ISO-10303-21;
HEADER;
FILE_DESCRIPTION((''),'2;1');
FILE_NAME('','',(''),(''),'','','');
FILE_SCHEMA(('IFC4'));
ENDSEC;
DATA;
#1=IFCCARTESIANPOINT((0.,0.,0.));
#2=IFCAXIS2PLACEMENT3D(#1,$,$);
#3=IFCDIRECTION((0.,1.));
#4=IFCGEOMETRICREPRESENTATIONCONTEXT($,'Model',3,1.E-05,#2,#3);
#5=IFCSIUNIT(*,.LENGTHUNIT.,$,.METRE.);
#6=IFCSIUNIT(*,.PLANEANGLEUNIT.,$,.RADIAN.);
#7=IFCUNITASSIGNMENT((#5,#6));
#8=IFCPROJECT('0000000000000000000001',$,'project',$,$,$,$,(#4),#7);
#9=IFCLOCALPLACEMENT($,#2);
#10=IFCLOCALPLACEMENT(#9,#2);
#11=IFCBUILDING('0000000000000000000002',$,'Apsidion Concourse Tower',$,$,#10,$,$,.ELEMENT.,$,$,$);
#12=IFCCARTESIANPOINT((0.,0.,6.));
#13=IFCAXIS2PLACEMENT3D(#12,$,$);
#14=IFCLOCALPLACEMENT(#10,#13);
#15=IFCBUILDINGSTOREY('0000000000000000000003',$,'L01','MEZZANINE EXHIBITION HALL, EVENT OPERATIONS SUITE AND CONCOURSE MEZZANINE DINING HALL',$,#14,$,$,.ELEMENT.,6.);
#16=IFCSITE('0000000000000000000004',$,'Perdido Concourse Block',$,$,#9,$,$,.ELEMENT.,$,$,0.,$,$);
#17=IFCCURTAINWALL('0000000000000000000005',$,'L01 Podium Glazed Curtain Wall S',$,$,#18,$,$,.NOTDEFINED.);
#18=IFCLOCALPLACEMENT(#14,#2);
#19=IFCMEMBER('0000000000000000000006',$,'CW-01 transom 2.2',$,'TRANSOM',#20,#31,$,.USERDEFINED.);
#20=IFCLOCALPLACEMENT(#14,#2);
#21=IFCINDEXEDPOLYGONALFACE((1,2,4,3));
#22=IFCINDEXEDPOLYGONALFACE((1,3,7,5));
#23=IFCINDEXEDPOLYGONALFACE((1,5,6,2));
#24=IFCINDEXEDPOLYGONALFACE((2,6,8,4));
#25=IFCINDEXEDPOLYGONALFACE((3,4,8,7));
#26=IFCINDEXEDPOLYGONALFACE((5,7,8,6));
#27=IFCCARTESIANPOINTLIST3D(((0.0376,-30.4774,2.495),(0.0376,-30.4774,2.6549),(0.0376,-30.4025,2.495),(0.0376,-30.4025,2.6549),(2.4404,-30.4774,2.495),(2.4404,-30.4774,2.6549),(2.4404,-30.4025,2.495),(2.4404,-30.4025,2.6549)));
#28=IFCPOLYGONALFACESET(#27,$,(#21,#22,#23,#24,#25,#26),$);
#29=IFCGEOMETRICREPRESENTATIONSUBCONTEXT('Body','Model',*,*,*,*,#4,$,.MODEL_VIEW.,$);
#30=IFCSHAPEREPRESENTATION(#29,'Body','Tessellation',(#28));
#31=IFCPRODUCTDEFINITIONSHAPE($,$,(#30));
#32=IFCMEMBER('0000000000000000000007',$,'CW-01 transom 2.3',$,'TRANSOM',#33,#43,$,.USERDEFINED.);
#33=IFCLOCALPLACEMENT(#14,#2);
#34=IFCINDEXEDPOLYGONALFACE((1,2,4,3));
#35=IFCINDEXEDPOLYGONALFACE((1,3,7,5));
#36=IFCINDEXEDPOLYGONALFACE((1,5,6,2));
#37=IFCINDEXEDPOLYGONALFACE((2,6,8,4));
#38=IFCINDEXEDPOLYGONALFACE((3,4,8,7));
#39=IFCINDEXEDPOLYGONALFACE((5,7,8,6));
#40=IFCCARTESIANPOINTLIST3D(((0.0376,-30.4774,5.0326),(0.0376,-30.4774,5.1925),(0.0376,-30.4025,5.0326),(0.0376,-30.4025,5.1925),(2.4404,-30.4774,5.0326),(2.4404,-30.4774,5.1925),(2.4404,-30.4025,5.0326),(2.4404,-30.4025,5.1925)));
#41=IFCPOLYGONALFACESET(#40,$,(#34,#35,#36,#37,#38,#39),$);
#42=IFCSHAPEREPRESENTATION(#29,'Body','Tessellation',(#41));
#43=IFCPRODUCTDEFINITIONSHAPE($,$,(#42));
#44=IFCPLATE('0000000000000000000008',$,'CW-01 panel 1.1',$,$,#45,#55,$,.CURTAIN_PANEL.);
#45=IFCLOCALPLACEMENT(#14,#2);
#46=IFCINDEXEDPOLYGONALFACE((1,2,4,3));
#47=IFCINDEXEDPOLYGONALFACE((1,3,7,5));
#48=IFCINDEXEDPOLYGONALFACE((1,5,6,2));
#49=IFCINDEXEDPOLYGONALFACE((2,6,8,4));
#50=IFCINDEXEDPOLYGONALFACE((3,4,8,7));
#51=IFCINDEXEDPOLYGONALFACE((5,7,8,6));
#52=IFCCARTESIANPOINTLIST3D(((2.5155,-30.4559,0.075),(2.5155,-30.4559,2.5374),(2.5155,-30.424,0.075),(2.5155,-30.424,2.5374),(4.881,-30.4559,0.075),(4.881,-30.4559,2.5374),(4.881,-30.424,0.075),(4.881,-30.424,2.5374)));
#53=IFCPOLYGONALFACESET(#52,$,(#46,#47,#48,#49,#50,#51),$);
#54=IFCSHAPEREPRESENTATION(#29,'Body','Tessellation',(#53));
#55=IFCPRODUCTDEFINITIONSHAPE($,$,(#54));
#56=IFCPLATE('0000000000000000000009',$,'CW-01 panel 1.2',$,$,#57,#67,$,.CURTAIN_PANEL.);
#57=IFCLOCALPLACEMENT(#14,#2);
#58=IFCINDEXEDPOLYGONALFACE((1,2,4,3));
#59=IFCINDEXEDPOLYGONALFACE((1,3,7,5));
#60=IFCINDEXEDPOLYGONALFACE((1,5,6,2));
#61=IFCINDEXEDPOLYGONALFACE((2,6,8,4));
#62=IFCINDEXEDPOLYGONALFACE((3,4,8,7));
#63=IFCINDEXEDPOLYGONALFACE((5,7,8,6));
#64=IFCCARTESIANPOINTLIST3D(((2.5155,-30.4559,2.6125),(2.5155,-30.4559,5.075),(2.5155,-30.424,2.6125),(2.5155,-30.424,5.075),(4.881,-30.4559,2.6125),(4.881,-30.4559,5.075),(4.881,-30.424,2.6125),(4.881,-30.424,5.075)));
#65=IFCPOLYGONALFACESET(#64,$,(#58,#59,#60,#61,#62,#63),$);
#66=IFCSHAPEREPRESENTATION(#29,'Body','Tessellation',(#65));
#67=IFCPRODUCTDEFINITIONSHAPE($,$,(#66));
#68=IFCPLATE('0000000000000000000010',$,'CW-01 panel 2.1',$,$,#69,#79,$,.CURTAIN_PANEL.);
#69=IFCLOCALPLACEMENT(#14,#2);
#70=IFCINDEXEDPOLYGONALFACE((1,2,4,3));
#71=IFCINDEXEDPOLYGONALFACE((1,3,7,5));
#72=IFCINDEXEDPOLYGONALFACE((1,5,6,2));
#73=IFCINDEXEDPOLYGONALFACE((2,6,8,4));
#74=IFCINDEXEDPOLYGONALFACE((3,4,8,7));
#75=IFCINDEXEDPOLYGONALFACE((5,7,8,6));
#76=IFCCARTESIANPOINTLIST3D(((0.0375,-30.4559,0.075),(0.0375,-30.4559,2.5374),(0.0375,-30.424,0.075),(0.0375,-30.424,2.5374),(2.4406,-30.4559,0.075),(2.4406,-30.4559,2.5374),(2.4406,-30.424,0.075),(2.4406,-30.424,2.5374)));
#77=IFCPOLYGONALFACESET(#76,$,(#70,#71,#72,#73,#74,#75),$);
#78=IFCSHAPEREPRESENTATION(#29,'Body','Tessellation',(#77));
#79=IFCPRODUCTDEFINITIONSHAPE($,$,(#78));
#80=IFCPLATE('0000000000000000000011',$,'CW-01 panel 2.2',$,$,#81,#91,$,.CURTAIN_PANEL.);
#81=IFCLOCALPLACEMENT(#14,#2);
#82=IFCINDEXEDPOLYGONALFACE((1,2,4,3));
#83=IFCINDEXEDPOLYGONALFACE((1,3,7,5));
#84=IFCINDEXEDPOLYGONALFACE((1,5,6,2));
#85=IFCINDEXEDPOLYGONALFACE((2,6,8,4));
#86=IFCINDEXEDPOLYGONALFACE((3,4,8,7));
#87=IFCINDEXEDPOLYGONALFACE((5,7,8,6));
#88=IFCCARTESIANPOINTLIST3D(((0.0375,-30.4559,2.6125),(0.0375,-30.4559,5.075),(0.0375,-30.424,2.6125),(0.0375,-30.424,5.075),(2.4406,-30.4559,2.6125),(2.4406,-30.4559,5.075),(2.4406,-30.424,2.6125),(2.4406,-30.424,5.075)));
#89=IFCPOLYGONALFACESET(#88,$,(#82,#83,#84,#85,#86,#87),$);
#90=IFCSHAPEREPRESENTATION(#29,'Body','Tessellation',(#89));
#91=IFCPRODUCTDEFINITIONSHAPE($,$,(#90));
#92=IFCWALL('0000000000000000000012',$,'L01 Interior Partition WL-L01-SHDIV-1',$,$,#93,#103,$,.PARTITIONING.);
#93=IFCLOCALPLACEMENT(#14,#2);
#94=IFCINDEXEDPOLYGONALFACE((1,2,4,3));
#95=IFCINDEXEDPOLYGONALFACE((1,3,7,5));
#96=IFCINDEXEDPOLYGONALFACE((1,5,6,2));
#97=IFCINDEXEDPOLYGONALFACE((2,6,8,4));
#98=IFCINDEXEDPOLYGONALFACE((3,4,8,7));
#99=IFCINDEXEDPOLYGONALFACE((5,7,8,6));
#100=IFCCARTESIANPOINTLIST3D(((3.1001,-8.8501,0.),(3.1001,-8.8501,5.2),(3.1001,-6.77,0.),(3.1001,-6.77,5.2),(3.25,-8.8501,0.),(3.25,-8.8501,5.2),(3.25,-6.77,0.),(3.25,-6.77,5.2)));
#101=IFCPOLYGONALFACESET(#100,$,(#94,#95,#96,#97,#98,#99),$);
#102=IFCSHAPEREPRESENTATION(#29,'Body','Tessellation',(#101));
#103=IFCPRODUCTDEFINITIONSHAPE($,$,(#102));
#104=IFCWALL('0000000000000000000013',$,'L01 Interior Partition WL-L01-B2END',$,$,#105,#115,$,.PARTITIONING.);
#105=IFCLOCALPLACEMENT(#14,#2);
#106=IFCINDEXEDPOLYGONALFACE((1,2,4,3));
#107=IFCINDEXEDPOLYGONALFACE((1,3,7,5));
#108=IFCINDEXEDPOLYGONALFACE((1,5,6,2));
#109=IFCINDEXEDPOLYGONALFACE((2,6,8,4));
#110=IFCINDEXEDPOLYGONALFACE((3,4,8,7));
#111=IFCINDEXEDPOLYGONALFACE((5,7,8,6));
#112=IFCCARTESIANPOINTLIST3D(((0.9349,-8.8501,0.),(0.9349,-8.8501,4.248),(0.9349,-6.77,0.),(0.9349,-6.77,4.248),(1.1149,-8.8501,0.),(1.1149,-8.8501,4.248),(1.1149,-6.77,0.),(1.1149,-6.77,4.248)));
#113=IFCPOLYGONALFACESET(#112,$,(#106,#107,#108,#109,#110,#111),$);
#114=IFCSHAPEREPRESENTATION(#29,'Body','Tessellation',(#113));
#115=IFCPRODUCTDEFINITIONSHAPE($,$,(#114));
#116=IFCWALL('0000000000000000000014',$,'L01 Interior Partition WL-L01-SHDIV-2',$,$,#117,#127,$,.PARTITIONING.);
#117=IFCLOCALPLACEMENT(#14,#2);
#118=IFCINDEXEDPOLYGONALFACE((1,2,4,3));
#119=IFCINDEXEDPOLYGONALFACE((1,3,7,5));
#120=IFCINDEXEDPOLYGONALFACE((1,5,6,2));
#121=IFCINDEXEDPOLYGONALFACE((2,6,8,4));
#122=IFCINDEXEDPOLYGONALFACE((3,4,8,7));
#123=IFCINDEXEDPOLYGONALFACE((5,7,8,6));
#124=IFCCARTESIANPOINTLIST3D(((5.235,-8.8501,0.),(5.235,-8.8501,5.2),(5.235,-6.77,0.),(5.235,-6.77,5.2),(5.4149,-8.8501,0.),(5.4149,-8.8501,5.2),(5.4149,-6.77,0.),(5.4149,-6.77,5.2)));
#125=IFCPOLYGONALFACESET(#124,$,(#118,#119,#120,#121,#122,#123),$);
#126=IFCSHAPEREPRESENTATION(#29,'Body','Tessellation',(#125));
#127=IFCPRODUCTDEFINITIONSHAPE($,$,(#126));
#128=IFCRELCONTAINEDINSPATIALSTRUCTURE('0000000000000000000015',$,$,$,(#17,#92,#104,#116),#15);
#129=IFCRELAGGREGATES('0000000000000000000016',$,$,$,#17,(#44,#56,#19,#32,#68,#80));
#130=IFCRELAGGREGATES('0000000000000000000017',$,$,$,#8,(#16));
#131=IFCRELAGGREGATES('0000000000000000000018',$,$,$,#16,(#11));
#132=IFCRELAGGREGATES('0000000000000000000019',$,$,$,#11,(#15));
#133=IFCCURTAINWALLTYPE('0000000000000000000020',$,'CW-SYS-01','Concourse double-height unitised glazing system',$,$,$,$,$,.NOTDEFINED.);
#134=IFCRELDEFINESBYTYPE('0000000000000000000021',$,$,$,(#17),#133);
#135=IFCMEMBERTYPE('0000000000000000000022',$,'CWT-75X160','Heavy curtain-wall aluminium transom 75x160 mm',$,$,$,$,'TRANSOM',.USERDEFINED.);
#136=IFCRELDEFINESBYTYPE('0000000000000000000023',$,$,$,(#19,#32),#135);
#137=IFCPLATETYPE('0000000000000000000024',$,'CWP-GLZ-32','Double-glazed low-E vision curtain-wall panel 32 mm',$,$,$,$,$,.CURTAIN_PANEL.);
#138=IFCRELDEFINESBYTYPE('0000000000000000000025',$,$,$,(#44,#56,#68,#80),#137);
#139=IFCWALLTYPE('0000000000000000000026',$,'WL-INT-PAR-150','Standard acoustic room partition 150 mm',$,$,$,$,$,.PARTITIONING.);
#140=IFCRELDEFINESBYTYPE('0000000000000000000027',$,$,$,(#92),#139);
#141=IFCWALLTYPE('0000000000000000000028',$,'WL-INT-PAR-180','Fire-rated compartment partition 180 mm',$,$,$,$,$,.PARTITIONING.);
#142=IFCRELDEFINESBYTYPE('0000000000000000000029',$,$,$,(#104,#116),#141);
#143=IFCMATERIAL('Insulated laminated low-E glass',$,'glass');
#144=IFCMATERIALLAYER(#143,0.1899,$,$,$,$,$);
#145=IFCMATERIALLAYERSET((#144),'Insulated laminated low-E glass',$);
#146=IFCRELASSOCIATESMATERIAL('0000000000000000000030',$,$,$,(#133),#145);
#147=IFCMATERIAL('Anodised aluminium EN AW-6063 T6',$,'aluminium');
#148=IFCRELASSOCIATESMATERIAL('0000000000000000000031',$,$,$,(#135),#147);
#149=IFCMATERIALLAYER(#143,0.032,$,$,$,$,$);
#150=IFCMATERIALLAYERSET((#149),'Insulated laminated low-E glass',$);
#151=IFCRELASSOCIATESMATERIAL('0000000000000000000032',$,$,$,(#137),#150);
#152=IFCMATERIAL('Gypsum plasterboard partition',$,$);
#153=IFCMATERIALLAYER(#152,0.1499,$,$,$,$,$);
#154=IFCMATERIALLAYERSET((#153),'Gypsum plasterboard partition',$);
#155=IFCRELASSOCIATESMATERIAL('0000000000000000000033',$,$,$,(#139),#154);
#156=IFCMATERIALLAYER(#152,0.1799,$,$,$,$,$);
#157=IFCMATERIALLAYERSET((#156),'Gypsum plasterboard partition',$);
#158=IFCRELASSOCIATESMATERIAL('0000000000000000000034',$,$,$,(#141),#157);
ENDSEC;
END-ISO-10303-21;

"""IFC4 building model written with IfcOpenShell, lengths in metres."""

from ifc_helpers import new_model, si_unit, direction, frame, frame_2d, origin, origin_2d, place, context, subcontext, project, spatial, rectangle, extrude, material, layer, layer_set, material_profile, profile_set, type_object, element, aggregate, save


model = new_model("IFC4")

# Units and contexts
model_context = context("Model", 3, precision=1e-05, world=origin(), true_north=direction((0.0, 1.0)))
body_context = subcontext(model_context, "Body", "Model", "MODEL_VIEW")
ifc_project = project(units=[si_unit("LENGTHUNIT", "METRE"), si_unit("PLANEANGLEUNIT", "RADIAN")], contexts=[model_context])

# Site, building, storey
site_placement = place(None, origin())
site = spatial("IfcSite", under=ifc_project, at=site_placement, Name="Perdido Concourse Block", CompositionType="ELEMENT", RefElevation=0.0)
building_placement = place(site_placement, origin())
building = spatial("IfcBuilding", under=site, at=building_placement, Name="Apsidion Concourse Tower", CompositionType="ELEMENT")
storey_placement = place(building_placement, frame((0.0, 0.0, 6.0)))
storey = spatial("IfcBuildingStorey", under=building, at=storey_placement, Name="L01", Description="MEZZANINE EXHIBITION HALL, EVENT OPERATIONS SUITE AND CONCOURSE MEZZANINE DINING HALL", CompositionType="ELEMENT", Elevation=6.0)

# Curtain wall, members, plates
ifc_material_1 = material(Name="Insulated laminated low-E glass", Category="glass")
ifc_layer_1 = layer(ifc_material_1, 0.1899)
ifc_layer_set_1 = layer_set([ifc_layer_1], Name="Insulated laminated low-E glass")
curtain_wall_type = type_object("IfcCurtainWallType", Name="CW-SYS-01", Description="Concourse double-height unitised glazing system", PredefinedType="NOTDEFINED", material=ifc_layer_set_1)
curtain_wall_placement = place(storey_placement, origin())
curtain_wall = element("IfcCurtainWall", 1, at=curtain_wall_placement, inside=storey, type_object=curtain_wall_type, Name="L01 Podium Glazed Curtain Wall S", PredefinedType="NOTDEFINED")
ifc_material_2 = material(Name="Anodised aluminium EN AW-6063 T6", Category="aluminium")
ifc_material_profile_1 = material_profile(ifc_material_2, rectangle(XDim=0.075, YDim=0.1599, at=origin_2d()), Name="ALU TRANSOM 75x160")
ifc_profile_set_1 = profile_set([ifc_material_profile_1], Name="Anodised aluminium EN AW-6063 T6")
member_type_1 = type_object("IfcMemberType", Name="CWT-75X160", Description="Heavy curtain-wall aluminium transom 75x160 mm", ElementType="TRANSOM", PredefinedType="USERDEFINED", material=ifc_profile_set_1)
member_1_placement = place(storey_placement, frame((2.4404, -30.4399, 2.575), z_axis=(-1.0, 0.0, 0.0), x_axis=(0.0, -1.0, 0.0)))
member_1 = element("IfcMember", 2, at=member_1_placement, type_object=member_type_1, Name="CW-01 transom 2.2", ObjectType="TRANSOM", PredefinedType="USERDEFINED", context=body_context, shape_type="SweptSolid", body=[
    extrude(rectangle(XDim=0.075, YDim=0.1599, at=origin_2d()), origin(), (0.0, 0.0, 1.0), 2.4028),
])
member_2_placement = place(storey_placement, frame((2.4404, -30.4399, 5.1125), z_axis=(-1.0, 0.0, 0.0), x_axis=(0.0, -1.0, 0.0)))
member_2 = element("IfcMember", 3, at=member_2_placement, type_object=member_type_1, Name="CW-01 transom 2.3", ObjectType="TRANSOM", PredefinedType="USERDEFINED", context=body_context, shape_type="SweptSolid", body=[
    extrude(rectangle(XDim=0.075, YDim=0.1599, at=origin_2d()), origin(), (0.0, 0.0, 1.0), 2.4028),
])
ifc_layer_2 = layer(ifc_material_1, 0.032)
ifc_layer_set_2 = layer_set([ifc_layer_2], Name="Insulated laminated low-E glass")
plate_type = type_object("IfcPlateType", Name="CWP-GLZ-32", Description="Double-glazed low-E vision curtain-wall panel 32 mm", PredefinedType="CURTAIN_PANEL", material=ifc_layer_set_2)
plate_1_placement = place(storey_placement, frame((3.6982, -30.4399, 0.075), z_axis=(0.0, 0.0, 1.0), x_axis=(-1.0, 0.0, 0.0)))
plate_1 = element("IfcPlate", 4, at=plate_1_placement, type_object=plate_type, Name="CW-01 panel 1.1", PredefinedType="CURTAIN_PANEL", context=body_context, shape_type="SweptSolid", body=[
    extrude(rectangle(XDim=2.3655, YDim=0.032, at=origin_2d()), origin(), (0.0, 0.0, 1.0), 2.4624),
])
plate_2_placement = place(storey_placement, frame((3.6982, -30.4399, 2.6125), z_axis=(0.0, 0.0, 1.0), x_axis=(-1.0, 0.0, 0.0)))
plate_2 = element("IfcPlate", 5, at=plate_2_placement, type_object=plate_type, Name="CW-01 panel 1.2", PredefinedType="CURTAIN_PANEL", context=body_context, shape_type="SweptSolid", body=[
    extrude(rectangle(XDim=2.3655, YDim=0.032, at=origin_2d()), origin(), (0.0, 0.0, 1.0), 2.4624),
])
plate_3_placement = place(storey_placement, frame((1.239, -30.4399, 0.075), z_axis=(0.0, 0.0, 1.0), x_axis=(-1.0, 0.0, 0.0)))
plate_3 = element("IfcPlate", 6, at=plate_3_placement, type_object=plate_type, Name="CW-01 panel 2.1", PredefinedType="CURTAIN_PANEL", context=body_context, shape_type="SweptSolid", body=[
    extrude(rectangle(XDim=2.4031, YDim=0.032, at=origin_2d()), origin(), (0.0, 0.0, 1.0), 2.4624),
])
plate_4_placement = place(storey_placement, frame((1.239, -30.4399, 2.6125), z_axis=(0.0, 0.0, 1.0), x_axis=(-1.0, 0.0, 0.0)))
plate_4 = element("IfcPlate", 7, at=plate_4_placement, type_object=plate_type, Name="CW-01 panel 2.2", PredefinedType="CURTAIN_PANEL", context=body_context, shape_type="SweptSolid", body=[
    extrude(rectangle(XDim=2.4031, YDim=0.032, at=origin_2d()), origin(), (0.0, 0.0, 1.0), 2.4624),
])
aggregate(curtain_wall, [plate_1, plate_2, member_1, member_2, plate_3, plate_4])

# Walls
ifc_material_3 = material(Name="Gypsum plasterboard partition")
ifc_layer_3 = layer(ifc_material_3, 0.1499)
ifc_layer_set_3 = layer_set([ifc_layer_3], Name="Gypsum plasterboard partition")
wall_type_1 = type_object("IfcWallType", Name="WL-INT-PAR-150", Description="Standard acoustic room partition 150 mm", PredefinedType="PARTITIONING", material=ifc_layer_set_3)
wall_1_placement = place(storey_placement, frame((3.175, -8.8501, 0.0), z_axis=(0.0, 0.0, 1.0), x_axis=(0.0, 1.0, 0.0)))
element("IfcWall", 8, at=wall_1_placement, inside=storey, type_object=wall_type_1, Name="L01 Interior Partition WL-L01-SHDIV-1", PredefinedType="PARTITIONING", context=body_context, shape_type="SweptSolid", body=[
    extrude(rectangle(XDim=2.0801, YDim=0.1499, at=frame_2d((1.04, 0.0))), origin(), (0.0, 0.0, 1.0), 5.2),
])
ifc_layer_4 = layer(ifc_material_3, 0.1799)
ifc_layer_set_4 = layer_set([ifc_layer_4], Name="Gypsum plasterboard partition")
wall_type_2 = type_object("IfcWallType", Name="WL-INT-PAR-180", Description="Fire-rated compartment partition 180 mm", PredefinedType="PARTITIONING", material=ifc_layer_set_4)
wall_2_placement = place(storey_placement, frame((1.0249, -8.8501, 0.0), z_axis=(0.0, 0.0, 1.0), x_axis=(0.0, 1.0, 0.0)))
element("IfcWall", 9, at=wall_2_placement, inside=storey, type_object=wall_type_2, Name="L01 Interior Partition WL-L01-B2END", PredefinedType="PARTITIONING", context=body_context, shape_type="SweptSolid", body=[
    extrude(rectangle(XDim=2.0801, YDim=0.1799, at=frame_2d((1.04, 0.0))), origin(), (0.0, 0.0, 1.0), 4.248),
])
wall_3_placement = place(storey_placement, frame((5.325, -8.8501, 0.0), z_axis=(0.0, 0.0, 1.0), x_axis=(0.0, 1.0, 0.0)))
element("IfcWall", 10, at=wall_3_placement, inside=storey, type_object=wall_type_2, Name="L01 Interior Partition WL-L01-SHDIV-2", PredefinedType="PARTITIONING", context=body_context, shape_type="SweptSolid", body=[
    extrude(rectangle(XDim=2.0801, YDim=0.1799, at=frame_2d((1.04, 0.0))), origin(), (0.0, 0.0, 1.0), 5.2),
])

save(model, "model.ifc")
